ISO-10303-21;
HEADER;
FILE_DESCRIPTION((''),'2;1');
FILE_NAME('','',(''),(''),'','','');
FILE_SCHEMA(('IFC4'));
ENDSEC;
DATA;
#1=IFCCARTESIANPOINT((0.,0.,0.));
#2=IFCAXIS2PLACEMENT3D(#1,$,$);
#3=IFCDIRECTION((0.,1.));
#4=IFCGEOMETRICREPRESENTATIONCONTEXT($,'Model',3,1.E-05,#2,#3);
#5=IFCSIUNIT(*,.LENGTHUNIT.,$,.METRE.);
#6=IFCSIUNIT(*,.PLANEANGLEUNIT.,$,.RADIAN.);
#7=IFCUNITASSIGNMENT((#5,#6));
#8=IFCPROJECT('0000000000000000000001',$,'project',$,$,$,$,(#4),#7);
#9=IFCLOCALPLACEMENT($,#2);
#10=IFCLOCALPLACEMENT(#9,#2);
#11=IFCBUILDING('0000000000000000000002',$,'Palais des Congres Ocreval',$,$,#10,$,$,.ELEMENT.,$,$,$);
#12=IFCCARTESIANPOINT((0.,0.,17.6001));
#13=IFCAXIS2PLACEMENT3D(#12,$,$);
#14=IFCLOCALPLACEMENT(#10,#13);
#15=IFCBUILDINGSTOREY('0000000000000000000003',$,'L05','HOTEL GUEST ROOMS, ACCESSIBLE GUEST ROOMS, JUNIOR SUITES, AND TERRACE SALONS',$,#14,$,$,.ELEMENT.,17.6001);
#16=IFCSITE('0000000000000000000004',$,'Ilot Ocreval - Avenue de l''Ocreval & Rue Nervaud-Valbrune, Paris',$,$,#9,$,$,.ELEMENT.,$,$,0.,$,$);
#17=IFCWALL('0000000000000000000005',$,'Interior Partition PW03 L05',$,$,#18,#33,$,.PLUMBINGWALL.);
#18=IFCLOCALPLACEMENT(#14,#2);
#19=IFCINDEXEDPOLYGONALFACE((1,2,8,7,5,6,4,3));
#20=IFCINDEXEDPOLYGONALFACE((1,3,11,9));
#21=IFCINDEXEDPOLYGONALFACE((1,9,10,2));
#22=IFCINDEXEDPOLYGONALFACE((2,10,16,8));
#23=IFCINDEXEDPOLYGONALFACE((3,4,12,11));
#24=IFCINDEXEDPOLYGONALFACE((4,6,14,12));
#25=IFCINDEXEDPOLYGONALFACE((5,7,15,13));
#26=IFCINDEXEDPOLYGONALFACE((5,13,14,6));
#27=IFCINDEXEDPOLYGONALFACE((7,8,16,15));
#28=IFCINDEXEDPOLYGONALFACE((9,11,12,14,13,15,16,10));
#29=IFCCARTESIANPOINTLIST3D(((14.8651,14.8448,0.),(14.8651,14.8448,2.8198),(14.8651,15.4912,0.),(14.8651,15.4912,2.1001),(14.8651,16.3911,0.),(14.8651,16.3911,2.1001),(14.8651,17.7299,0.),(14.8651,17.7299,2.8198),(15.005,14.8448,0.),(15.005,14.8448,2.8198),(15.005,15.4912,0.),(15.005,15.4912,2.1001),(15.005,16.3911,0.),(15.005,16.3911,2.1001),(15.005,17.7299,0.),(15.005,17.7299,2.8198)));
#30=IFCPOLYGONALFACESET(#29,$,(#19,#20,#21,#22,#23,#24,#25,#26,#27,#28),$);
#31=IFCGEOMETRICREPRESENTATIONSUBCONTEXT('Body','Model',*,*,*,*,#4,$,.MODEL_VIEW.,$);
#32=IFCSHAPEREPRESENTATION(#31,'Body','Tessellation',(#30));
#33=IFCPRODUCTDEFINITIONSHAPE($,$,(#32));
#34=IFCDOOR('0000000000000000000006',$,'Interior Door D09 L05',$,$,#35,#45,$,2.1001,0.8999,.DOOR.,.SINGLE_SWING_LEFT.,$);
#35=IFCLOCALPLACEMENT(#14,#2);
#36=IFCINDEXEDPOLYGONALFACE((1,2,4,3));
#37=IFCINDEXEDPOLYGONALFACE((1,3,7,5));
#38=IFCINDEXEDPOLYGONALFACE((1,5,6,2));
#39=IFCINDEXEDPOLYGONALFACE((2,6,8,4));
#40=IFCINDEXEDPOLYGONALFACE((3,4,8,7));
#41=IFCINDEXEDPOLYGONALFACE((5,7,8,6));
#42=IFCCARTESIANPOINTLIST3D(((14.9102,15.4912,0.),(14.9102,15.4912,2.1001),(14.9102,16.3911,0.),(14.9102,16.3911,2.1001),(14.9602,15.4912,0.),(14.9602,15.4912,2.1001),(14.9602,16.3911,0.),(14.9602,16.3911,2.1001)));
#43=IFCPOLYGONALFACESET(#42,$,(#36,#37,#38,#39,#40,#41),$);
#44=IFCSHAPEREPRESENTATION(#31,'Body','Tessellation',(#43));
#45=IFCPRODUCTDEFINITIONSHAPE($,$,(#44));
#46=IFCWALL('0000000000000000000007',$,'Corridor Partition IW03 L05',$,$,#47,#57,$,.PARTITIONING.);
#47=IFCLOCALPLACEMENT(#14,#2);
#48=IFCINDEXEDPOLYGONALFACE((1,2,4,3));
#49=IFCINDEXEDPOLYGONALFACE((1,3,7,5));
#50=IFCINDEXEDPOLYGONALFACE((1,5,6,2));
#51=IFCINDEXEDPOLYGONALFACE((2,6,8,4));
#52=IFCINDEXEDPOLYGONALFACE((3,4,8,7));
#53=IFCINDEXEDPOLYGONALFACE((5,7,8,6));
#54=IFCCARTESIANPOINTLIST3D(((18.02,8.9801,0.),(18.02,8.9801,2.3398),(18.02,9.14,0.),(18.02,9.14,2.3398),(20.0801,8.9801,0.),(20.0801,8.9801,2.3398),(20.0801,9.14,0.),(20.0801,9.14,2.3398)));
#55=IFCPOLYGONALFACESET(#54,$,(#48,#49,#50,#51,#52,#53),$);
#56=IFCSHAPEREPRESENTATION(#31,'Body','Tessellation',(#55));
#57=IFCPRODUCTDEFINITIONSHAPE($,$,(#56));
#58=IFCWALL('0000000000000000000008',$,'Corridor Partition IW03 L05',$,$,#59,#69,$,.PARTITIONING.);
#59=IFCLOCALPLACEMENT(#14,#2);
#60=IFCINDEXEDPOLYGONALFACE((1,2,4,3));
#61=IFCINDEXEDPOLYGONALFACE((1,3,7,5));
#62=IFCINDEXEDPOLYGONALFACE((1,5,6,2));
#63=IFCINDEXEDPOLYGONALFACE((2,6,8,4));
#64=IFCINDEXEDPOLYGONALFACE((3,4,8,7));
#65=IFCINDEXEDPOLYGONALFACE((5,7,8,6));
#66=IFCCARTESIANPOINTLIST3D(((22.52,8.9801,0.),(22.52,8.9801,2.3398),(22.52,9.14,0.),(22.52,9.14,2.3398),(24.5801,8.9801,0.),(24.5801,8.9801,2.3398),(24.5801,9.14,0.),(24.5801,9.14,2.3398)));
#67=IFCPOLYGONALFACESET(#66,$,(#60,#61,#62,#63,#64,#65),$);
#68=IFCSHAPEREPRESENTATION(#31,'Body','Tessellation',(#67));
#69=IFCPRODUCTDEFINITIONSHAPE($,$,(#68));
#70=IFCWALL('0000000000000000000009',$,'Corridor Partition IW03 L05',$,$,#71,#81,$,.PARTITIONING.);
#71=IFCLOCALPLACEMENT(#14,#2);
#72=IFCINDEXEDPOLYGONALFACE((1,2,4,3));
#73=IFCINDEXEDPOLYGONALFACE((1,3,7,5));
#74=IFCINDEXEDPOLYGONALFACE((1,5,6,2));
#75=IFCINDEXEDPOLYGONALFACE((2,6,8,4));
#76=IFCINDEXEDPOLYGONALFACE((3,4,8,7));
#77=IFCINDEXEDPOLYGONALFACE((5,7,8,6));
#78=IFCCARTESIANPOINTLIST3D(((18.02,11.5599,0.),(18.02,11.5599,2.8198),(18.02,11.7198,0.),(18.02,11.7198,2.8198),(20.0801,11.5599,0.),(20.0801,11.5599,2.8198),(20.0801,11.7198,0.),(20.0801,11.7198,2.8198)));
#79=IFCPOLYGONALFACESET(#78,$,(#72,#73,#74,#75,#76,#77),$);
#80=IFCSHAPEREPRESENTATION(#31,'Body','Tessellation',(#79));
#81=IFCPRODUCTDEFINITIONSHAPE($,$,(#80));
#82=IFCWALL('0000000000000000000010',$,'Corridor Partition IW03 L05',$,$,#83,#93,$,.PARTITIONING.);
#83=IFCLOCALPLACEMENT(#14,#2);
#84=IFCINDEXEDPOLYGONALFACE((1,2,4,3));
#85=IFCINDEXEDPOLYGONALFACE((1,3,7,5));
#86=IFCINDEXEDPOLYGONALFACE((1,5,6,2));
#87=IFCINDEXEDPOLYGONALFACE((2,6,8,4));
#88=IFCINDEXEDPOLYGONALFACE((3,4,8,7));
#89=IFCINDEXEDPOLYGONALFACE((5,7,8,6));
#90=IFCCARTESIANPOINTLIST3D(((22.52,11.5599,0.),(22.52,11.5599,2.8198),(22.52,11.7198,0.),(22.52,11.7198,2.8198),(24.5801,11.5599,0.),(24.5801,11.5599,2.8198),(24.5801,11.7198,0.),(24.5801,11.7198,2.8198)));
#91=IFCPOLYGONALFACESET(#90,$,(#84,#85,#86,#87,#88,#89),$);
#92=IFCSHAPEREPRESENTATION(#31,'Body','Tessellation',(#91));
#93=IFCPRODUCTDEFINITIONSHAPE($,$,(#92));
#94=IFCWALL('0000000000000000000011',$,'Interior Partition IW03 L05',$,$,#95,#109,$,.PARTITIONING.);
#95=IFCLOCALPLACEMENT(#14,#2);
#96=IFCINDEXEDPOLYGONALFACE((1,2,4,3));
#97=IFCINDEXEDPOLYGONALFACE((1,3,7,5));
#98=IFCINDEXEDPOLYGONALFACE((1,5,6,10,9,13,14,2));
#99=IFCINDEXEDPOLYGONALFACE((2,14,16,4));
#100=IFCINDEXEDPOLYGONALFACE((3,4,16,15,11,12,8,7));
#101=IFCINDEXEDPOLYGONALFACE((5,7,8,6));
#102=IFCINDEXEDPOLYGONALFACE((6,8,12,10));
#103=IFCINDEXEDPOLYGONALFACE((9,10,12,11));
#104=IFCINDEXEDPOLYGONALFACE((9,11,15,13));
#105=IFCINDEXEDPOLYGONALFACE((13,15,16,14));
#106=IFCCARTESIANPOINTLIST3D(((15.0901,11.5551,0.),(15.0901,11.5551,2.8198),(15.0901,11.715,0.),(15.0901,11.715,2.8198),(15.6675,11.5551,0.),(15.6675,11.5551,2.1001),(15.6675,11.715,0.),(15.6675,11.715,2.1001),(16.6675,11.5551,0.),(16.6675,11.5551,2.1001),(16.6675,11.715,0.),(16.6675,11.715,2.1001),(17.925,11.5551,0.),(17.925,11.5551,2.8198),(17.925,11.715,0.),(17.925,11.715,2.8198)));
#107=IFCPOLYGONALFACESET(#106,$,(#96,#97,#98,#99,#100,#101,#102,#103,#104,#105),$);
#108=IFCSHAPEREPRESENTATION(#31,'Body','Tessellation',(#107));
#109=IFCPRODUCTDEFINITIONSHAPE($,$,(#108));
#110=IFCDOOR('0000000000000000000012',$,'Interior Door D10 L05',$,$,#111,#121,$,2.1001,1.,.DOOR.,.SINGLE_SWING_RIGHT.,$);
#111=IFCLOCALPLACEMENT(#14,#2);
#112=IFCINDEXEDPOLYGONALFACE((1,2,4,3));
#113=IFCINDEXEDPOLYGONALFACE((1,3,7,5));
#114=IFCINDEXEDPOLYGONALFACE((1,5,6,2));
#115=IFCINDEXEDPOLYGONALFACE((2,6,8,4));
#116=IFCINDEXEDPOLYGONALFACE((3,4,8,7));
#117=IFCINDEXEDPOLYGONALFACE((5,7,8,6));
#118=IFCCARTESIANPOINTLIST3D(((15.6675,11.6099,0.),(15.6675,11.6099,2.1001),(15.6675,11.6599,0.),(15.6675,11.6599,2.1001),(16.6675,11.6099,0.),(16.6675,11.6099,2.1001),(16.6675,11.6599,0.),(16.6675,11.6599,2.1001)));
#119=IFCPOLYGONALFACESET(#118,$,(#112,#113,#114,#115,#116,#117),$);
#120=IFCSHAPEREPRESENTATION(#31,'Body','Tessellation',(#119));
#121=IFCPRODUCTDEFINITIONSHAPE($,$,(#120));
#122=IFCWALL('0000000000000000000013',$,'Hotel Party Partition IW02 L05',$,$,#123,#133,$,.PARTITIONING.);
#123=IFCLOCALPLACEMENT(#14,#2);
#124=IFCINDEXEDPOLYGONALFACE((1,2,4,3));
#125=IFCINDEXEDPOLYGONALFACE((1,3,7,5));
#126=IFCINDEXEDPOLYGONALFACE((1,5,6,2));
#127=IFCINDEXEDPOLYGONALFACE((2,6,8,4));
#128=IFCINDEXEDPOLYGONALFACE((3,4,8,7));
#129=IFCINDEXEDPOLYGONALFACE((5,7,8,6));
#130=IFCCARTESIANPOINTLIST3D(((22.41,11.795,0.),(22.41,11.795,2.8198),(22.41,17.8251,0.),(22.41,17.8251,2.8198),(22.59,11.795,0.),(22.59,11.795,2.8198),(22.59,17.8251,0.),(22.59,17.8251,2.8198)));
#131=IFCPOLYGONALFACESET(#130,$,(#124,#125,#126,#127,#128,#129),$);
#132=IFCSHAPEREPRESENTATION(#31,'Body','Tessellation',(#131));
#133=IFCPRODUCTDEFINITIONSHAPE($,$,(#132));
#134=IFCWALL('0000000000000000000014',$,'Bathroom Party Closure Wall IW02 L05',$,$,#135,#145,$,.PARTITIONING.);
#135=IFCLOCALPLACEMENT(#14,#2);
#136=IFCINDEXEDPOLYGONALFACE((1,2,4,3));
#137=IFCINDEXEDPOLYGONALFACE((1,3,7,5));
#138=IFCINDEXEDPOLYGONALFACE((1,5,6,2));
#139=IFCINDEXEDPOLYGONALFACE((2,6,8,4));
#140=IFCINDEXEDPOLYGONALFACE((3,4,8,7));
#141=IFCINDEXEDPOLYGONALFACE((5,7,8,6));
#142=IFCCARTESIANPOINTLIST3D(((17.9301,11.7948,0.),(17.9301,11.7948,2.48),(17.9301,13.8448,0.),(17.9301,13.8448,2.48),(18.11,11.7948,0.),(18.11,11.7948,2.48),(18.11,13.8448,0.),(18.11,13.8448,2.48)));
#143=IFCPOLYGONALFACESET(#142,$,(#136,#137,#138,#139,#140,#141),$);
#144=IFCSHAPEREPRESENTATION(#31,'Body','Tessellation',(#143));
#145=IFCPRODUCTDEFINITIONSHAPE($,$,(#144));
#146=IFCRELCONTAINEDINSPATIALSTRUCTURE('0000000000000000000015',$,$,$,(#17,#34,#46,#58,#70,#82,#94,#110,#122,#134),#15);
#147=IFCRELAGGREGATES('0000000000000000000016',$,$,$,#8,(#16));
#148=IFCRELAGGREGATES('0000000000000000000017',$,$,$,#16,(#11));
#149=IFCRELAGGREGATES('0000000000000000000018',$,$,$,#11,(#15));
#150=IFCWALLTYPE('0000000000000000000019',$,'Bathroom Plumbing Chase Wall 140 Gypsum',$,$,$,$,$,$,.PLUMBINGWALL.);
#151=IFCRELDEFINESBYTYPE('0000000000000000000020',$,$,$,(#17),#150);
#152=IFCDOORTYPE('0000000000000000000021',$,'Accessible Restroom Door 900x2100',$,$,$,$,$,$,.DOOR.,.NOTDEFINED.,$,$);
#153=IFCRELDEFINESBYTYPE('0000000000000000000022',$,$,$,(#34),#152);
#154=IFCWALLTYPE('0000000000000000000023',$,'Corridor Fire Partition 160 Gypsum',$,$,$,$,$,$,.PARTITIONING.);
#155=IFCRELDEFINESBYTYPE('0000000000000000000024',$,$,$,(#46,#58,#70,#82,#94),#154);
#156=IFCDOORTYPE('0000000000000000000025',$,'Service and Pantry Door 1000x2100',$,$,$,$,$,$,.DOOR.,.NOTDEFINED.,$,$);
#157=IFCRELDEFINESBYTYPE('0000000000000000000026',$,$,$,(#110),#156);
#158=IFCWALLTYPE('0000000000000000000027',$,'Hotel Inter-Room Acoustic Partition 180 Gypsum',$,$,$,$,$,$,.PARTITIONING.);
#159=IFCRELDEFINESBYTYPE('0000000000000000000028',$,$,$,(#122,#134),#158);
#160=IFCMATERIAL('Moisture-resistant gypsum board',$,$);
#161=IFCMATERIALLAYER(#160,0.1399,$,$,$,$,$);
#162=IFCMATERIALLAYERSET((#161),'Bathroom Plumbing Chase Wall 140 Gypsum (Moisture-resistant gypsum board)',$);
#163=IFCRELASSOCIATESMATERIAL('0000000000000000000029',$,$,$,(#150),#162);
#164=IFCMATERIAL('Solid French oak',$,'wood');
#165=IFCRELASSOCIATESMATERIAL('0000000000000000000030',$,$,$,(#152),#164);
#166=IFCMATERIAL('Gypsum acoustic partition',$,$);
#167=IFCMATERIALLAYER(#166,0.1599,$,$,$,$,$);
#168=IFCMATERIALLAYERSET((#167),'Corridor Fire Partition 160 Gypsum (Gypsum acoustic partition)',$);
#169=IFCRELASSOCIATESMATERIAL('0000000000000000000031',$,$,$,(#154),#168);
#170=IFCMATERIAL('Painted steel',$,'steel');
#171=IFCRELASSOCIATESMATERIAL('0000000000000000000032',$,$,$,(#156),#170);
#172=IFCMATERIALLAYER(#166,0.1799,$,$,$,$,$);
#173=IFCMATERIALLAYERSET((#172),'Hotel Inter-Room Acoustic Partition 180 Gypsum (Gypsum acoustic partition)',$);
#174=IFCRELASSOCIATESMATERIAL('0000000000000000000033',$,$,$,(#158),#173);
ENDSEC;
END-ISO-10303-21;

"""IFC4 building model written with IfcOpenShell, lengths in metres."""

from ifc_helpers import new_model, si_unit, direction, frame, frame_2d, origin, place, context, subcontext, project, spatial, rectangle, extrude, material, layer, layer_set, type_object, element, fill, save


model = new_model("IFC4")

# Units and contexts
model_context = context("Model", 3, precision=1e-05, world=origin(), true_north=direction((0.0, 1.0)))
body_context = subcontext(model_context, "Body", "Model", "MODEL_VIEW")
ifc_project = project(units=[si_unit("LENGTHUNIT", "METRE"), si_unit("PLANEANGLEUNIT", "RADIAN")], contexts=[model_context])

# Site, building, storey
site_placement = place(None, origin())
site = spatial("IfcSite", under=ifc_project, at=site_placement, Name="Ilot Ocreval - Avenue de l'Ocreval & Rue Nervaud-Valbrune, Paris", CompositionType="ELEMENT", RefElevation=0.0)
building_placement = place(site_placement, origin())
building = spatial("IfcBuilding", under=site, at=building_placement, Name="Palais des Congres Ocreval", CompositionType="ELEMENT")
storey_placement = place(building_placement, frame((0.0, 0.0, 17.6001)))
storey = spatial("IfcBuildingStorey", under=building, at=storey_placement, Name="L05", Description="HOTEL GUEST ROOMS, ACCESSIBLE GUEST ROOMS, JUNIOR SUITES, AND TERRACE SALONS", CompositionType="ELEMENT", Elevation=17.6001)

# Shared definitions
ifc_material_1 = material(Name="Moisture-resistant gypsum board")
ifc_layer_1 = layer(ifc_material_1, 0.1399)
ifc_layer_set_1 = layer_set([ifc_layer_1], Name="Bathroom Plumbing Chase Wall 140 Gypsum (Moisture-resistant gypsum board)")
wall_type_1 = type_object("IfcWallType", Name="Bathroom Plumbing Chase Wall 140 Gypsum", PredefinedType="PLUMBINGWALL", material=ifc_layer_set_1)
ifc_material_2 = material(Name="Solid French oak", Category="wood")

# Wall, opening, door
wall_1_placement = place(storey_placement, frame((14.9351, 14.845, 0.0), z_axis=(0.0, 0.0, 1.0), x_axis=(0.0, 1.0, 0.0)))
wall_1 = element("IfcWall", 1, at=wall_1_placement, inside=storey, type_object=wall_type_1, Name="Interior Partition PW03 L05", PredefinedType="PLUMBINGWALL", context=body_context, shape_type="SweptSolid", body=[
    extrude(rectangle(XDim=2.885, YDim=0.1399, at=frame_2d((1.4424, 0.0))), origin(), (0.0, 0.0, 1.0), 2.8198),
])
opening_1_placement = place(wall_1_placement, frame((0.6462, 0.0, 0.0)))
opening_1 = element("IfcOpeningElement", 2, at=opening_1_placement, cuts=wall_1, PredefinedType="OPENING", context=body_context, shape_type="SweptSolid", body=[
    extrude(rectangle(XDim=0.8999, YDim=2.1001, at=frame_2d((0.45, 1.05))), frame((0.0, 0.0798, 0.0), z_axis=(0.0, -1.0, 0.0), x_axis=(1.0, 0.0, 0.0)), (0.0, 0.0, 1.0), 0.1599),
])
door_type_1 = type_object("IfcDoorType", Name="Accessible Restroom Door 900x2100", OperationType="NOTDEFINED", PredefinedType="DOOR", material=ifc_material_2)
door_1_placement = place(opening_1_placement, origin())
door_1 = element("IfcDoor", 3, at=door_1_placement, inside=storey, type_object=door_type_1, Name="Interior Door D09 L05", OperationType="SINGLE_SWING_LEFT", OverallHeight=2.1001, OverallWidth=0.8999, PredefinedType="DOOR", context=body_context, shape_type="SweptSolid", body=[
    extrude(rectangle(XDim=0.8999, YDim=2.1001, at=frame_2d((0.45, 1.05))), frame((0.0, 0.0249, 0.0), z_axis=(0.0, -1.0, 0.0), x_axis=(1.0, 0.0, 0.0)), (0.0, 0.0, 1.0), 0.05),
])
fill(opening_1, door_1)

# Walls
ifc_material_3 = material(Name="Gypsum acoustic partition")
ifc_layer_2 = layer(ifc_material_3, 0.1599)
ifc_layer_set_2 = layer_set([ifc_layer_2], Name="Corridor Fire Partition 160 Gypsum (Gypsum acoustic partition)")
wall_type_2 = type_object("IfcWallType", Name="Corridor Fire Partition 160 Gypsum", PredefinedType="PARTITIONING", material=ifc_layer_set_2)
for number, where, z_axis, x_axis, name in (
    (4, (18.02, 9.0601, 0.0), (0.0, 0.0, 1.0), (1.0, 0.0, 0.0), "Corridor Partition IW03 L05"),
    (5, (22.52, 9.0601, 0.0), (0.0, 0.0, 1.0), (1.0, 0.0, 0.0), "Corridor Partition IW03 L05"),
):
    element("IfcWall", number, at=place(storey_placement, frame(where, z_axis=z_axis, x_axis=x_axis)), inside=storey, type_object=wall_type_2, Name=name, PredefinedType="PARTITIONING", context=body_context, shape_type="SweptSolid", body=[
        extrude(rectangle(XDim=2.0601, YDim=0.1599, at=frame_2d((1.03, 0.0))), origin(), (0.0, 0.0, 1.0), 2.3398),
    ])
for number, where, z_axis, x_axis, name in (
    (6, (18.02, 11.6399, 0.0), (0.0, 0.0, 1.0), (1.0, 0.0, 0.0), "Corridor Partition IW03 L05"),
    (7, (22.52, 11.6399, 0.0), (0.0, 0.0, 1.0), (1.0, 0.0, 0.0), "Corridor Partition IW03 L05"),
):
    element("IfcWall", number, at=place(storey_placement, frame(where, z_axis=z_axis, x_axis=x_axis)), inside=storey, type_object=wall_type_2, Name=name, PredefinedType="PARTITIONING", context=body_context, shape_type="SweptSolid", body=[
        extrude(rectangle(XDim=2.0601, YDim=0.1599, at=frame_2d((1.03, 0.0))), origin(), (0.0, 0.0, 1.0), 2.8198),
    ])

# Wall, opening, door
wall_2_placement = place(storey_placement, frame((15.0901, 11.635, 0.0), z_axis=(0.0, 0.0, 1.0), x_axis=(1.0, 0.0, 0.0)))
wall_2 = element("IfcWall", 8, at=wall_2_placement, inside=storey, type_object=wall_type_2, Name="Interior Partition IW03 L05", PredefinedType="PARTITIONING", context=body_context, shape_type="SweptSolid", body=[
    extrude(rectangle(XDim=2.835, YDim=0.1599, at=frame_2d((1.4175, 0.0))), origin(), (0.0, 0.0, 1.0), 2.8198),
])
opening_2_placement = place(wall_2_placement, frame((0.5774, 0.0, 0.0)))
opening_2 = element("IfcOpeningElement", 9, at=opening_2_placement, cuts=wall_2, PredefinedType="OPENING", context=body_context, shape_type="SweptSolid", body=[
    extrude(rectangle(XDim=1.0, YDim=2.1001, at=frame_2d((0.5, 1.05))), frame((0.0, 0.0898, 0.0), z_axis=(0.0, -1.0, 0.0), x_axis=(1.0, 0.0, 0.0)), (0.0, 0.0, 1.0), 0.1799),
])
ifc_material_4 = material(Name="Painted steel", Category="steel")
door_type_2 = type_object("IfcDoorType", Name="Service and Pantry Door 1000x2100", OperationType="NOTDEFINED", PredefinedType="DOOR", material=ifc_material_4)
door_2_placement = place(opening_2_placement, origin())
door_2 = element("IfcDoor", 10, at=door_2_placement, inside=storey, type_object=door_type_2, Name="Interior Door D10 L05", OperationType="SINGLE_SWING_RIGHT", OverallHeight=2.1001, OverallWidth=1.0, PredefinedType="DOOR", context=body_context, shape_type="SweptSolid", body=[
    extrude(rectangle(XDim=1.0, YDim=2.1001, at=frame_2d((0.5, 1.05))), frame((0.0, 0.0249, 0.0), z_axis=(0.0, -1.0, 0.0), x_axis=(1.0, 0.0, 0.0)), (0.0, 0.0, 1.0), 0.05),
])
fill(opening_2, door_2)

# Walls
ifc_layer_3 = layer(ifc_material_3, 0.1799)
ifc_layer_set_3 = layer_set([ifc_layer_3], Name="Hotel Inter-Room Acoustic Partition 180 Gypsum (Gypsum acoustic partition)")
wall_type_3 = type_object("IfcWallType", Name="Hotel Inter-Room Acoustic Partition 180 Gypsum", PredefinedType="PARTITIONING", material=ifc_layer_set_3)
wall_3_placement = place(storey_placement, frame((22.5, 11.7949, 0.0), z_axis=(0.0, 0.0, 1.0), x_axis=(0.0, 1.0, 0.0)))
element("IfcWall", 11, at=wall_3_placement, inside=storey, type_object=wall_type_3, Name="Hotel Party Partition IW02 L05", PredefinedType="PARTITIONING", context=body_context, shape_type="SweptSolid", body=[
    extrude(rectangle(XDim=6.03, YDim=0.1799, at=frame_2d((3.0151, 0.0))), origin(), (0.0, 0.0, 1.0), 2.8198),
])
wall_4_placement = place(storey_placement, frame((18.02, 11.7949, 0.0), z_axis=(0.0, 0.0, 1.0), x_axis=(0.0, 1.0, 0.0)))
element("IfcWall", 12, at=wall_4_placement, inside=storey, type_object=wall_type_3, Name="Bathroom Party Closure Wall IW02 L05", PredefinedType="PARTITIONING", context=body_context, shape_type="SweptSolid", body=[
    extrude(rectangle(XDim=2.05, YDim=0.1799, at=frame_2d((1.0249, 0.0))), origin(), (0.0, 0.0, 1.0), 2.48),
])

save(model, "model.ifc")
